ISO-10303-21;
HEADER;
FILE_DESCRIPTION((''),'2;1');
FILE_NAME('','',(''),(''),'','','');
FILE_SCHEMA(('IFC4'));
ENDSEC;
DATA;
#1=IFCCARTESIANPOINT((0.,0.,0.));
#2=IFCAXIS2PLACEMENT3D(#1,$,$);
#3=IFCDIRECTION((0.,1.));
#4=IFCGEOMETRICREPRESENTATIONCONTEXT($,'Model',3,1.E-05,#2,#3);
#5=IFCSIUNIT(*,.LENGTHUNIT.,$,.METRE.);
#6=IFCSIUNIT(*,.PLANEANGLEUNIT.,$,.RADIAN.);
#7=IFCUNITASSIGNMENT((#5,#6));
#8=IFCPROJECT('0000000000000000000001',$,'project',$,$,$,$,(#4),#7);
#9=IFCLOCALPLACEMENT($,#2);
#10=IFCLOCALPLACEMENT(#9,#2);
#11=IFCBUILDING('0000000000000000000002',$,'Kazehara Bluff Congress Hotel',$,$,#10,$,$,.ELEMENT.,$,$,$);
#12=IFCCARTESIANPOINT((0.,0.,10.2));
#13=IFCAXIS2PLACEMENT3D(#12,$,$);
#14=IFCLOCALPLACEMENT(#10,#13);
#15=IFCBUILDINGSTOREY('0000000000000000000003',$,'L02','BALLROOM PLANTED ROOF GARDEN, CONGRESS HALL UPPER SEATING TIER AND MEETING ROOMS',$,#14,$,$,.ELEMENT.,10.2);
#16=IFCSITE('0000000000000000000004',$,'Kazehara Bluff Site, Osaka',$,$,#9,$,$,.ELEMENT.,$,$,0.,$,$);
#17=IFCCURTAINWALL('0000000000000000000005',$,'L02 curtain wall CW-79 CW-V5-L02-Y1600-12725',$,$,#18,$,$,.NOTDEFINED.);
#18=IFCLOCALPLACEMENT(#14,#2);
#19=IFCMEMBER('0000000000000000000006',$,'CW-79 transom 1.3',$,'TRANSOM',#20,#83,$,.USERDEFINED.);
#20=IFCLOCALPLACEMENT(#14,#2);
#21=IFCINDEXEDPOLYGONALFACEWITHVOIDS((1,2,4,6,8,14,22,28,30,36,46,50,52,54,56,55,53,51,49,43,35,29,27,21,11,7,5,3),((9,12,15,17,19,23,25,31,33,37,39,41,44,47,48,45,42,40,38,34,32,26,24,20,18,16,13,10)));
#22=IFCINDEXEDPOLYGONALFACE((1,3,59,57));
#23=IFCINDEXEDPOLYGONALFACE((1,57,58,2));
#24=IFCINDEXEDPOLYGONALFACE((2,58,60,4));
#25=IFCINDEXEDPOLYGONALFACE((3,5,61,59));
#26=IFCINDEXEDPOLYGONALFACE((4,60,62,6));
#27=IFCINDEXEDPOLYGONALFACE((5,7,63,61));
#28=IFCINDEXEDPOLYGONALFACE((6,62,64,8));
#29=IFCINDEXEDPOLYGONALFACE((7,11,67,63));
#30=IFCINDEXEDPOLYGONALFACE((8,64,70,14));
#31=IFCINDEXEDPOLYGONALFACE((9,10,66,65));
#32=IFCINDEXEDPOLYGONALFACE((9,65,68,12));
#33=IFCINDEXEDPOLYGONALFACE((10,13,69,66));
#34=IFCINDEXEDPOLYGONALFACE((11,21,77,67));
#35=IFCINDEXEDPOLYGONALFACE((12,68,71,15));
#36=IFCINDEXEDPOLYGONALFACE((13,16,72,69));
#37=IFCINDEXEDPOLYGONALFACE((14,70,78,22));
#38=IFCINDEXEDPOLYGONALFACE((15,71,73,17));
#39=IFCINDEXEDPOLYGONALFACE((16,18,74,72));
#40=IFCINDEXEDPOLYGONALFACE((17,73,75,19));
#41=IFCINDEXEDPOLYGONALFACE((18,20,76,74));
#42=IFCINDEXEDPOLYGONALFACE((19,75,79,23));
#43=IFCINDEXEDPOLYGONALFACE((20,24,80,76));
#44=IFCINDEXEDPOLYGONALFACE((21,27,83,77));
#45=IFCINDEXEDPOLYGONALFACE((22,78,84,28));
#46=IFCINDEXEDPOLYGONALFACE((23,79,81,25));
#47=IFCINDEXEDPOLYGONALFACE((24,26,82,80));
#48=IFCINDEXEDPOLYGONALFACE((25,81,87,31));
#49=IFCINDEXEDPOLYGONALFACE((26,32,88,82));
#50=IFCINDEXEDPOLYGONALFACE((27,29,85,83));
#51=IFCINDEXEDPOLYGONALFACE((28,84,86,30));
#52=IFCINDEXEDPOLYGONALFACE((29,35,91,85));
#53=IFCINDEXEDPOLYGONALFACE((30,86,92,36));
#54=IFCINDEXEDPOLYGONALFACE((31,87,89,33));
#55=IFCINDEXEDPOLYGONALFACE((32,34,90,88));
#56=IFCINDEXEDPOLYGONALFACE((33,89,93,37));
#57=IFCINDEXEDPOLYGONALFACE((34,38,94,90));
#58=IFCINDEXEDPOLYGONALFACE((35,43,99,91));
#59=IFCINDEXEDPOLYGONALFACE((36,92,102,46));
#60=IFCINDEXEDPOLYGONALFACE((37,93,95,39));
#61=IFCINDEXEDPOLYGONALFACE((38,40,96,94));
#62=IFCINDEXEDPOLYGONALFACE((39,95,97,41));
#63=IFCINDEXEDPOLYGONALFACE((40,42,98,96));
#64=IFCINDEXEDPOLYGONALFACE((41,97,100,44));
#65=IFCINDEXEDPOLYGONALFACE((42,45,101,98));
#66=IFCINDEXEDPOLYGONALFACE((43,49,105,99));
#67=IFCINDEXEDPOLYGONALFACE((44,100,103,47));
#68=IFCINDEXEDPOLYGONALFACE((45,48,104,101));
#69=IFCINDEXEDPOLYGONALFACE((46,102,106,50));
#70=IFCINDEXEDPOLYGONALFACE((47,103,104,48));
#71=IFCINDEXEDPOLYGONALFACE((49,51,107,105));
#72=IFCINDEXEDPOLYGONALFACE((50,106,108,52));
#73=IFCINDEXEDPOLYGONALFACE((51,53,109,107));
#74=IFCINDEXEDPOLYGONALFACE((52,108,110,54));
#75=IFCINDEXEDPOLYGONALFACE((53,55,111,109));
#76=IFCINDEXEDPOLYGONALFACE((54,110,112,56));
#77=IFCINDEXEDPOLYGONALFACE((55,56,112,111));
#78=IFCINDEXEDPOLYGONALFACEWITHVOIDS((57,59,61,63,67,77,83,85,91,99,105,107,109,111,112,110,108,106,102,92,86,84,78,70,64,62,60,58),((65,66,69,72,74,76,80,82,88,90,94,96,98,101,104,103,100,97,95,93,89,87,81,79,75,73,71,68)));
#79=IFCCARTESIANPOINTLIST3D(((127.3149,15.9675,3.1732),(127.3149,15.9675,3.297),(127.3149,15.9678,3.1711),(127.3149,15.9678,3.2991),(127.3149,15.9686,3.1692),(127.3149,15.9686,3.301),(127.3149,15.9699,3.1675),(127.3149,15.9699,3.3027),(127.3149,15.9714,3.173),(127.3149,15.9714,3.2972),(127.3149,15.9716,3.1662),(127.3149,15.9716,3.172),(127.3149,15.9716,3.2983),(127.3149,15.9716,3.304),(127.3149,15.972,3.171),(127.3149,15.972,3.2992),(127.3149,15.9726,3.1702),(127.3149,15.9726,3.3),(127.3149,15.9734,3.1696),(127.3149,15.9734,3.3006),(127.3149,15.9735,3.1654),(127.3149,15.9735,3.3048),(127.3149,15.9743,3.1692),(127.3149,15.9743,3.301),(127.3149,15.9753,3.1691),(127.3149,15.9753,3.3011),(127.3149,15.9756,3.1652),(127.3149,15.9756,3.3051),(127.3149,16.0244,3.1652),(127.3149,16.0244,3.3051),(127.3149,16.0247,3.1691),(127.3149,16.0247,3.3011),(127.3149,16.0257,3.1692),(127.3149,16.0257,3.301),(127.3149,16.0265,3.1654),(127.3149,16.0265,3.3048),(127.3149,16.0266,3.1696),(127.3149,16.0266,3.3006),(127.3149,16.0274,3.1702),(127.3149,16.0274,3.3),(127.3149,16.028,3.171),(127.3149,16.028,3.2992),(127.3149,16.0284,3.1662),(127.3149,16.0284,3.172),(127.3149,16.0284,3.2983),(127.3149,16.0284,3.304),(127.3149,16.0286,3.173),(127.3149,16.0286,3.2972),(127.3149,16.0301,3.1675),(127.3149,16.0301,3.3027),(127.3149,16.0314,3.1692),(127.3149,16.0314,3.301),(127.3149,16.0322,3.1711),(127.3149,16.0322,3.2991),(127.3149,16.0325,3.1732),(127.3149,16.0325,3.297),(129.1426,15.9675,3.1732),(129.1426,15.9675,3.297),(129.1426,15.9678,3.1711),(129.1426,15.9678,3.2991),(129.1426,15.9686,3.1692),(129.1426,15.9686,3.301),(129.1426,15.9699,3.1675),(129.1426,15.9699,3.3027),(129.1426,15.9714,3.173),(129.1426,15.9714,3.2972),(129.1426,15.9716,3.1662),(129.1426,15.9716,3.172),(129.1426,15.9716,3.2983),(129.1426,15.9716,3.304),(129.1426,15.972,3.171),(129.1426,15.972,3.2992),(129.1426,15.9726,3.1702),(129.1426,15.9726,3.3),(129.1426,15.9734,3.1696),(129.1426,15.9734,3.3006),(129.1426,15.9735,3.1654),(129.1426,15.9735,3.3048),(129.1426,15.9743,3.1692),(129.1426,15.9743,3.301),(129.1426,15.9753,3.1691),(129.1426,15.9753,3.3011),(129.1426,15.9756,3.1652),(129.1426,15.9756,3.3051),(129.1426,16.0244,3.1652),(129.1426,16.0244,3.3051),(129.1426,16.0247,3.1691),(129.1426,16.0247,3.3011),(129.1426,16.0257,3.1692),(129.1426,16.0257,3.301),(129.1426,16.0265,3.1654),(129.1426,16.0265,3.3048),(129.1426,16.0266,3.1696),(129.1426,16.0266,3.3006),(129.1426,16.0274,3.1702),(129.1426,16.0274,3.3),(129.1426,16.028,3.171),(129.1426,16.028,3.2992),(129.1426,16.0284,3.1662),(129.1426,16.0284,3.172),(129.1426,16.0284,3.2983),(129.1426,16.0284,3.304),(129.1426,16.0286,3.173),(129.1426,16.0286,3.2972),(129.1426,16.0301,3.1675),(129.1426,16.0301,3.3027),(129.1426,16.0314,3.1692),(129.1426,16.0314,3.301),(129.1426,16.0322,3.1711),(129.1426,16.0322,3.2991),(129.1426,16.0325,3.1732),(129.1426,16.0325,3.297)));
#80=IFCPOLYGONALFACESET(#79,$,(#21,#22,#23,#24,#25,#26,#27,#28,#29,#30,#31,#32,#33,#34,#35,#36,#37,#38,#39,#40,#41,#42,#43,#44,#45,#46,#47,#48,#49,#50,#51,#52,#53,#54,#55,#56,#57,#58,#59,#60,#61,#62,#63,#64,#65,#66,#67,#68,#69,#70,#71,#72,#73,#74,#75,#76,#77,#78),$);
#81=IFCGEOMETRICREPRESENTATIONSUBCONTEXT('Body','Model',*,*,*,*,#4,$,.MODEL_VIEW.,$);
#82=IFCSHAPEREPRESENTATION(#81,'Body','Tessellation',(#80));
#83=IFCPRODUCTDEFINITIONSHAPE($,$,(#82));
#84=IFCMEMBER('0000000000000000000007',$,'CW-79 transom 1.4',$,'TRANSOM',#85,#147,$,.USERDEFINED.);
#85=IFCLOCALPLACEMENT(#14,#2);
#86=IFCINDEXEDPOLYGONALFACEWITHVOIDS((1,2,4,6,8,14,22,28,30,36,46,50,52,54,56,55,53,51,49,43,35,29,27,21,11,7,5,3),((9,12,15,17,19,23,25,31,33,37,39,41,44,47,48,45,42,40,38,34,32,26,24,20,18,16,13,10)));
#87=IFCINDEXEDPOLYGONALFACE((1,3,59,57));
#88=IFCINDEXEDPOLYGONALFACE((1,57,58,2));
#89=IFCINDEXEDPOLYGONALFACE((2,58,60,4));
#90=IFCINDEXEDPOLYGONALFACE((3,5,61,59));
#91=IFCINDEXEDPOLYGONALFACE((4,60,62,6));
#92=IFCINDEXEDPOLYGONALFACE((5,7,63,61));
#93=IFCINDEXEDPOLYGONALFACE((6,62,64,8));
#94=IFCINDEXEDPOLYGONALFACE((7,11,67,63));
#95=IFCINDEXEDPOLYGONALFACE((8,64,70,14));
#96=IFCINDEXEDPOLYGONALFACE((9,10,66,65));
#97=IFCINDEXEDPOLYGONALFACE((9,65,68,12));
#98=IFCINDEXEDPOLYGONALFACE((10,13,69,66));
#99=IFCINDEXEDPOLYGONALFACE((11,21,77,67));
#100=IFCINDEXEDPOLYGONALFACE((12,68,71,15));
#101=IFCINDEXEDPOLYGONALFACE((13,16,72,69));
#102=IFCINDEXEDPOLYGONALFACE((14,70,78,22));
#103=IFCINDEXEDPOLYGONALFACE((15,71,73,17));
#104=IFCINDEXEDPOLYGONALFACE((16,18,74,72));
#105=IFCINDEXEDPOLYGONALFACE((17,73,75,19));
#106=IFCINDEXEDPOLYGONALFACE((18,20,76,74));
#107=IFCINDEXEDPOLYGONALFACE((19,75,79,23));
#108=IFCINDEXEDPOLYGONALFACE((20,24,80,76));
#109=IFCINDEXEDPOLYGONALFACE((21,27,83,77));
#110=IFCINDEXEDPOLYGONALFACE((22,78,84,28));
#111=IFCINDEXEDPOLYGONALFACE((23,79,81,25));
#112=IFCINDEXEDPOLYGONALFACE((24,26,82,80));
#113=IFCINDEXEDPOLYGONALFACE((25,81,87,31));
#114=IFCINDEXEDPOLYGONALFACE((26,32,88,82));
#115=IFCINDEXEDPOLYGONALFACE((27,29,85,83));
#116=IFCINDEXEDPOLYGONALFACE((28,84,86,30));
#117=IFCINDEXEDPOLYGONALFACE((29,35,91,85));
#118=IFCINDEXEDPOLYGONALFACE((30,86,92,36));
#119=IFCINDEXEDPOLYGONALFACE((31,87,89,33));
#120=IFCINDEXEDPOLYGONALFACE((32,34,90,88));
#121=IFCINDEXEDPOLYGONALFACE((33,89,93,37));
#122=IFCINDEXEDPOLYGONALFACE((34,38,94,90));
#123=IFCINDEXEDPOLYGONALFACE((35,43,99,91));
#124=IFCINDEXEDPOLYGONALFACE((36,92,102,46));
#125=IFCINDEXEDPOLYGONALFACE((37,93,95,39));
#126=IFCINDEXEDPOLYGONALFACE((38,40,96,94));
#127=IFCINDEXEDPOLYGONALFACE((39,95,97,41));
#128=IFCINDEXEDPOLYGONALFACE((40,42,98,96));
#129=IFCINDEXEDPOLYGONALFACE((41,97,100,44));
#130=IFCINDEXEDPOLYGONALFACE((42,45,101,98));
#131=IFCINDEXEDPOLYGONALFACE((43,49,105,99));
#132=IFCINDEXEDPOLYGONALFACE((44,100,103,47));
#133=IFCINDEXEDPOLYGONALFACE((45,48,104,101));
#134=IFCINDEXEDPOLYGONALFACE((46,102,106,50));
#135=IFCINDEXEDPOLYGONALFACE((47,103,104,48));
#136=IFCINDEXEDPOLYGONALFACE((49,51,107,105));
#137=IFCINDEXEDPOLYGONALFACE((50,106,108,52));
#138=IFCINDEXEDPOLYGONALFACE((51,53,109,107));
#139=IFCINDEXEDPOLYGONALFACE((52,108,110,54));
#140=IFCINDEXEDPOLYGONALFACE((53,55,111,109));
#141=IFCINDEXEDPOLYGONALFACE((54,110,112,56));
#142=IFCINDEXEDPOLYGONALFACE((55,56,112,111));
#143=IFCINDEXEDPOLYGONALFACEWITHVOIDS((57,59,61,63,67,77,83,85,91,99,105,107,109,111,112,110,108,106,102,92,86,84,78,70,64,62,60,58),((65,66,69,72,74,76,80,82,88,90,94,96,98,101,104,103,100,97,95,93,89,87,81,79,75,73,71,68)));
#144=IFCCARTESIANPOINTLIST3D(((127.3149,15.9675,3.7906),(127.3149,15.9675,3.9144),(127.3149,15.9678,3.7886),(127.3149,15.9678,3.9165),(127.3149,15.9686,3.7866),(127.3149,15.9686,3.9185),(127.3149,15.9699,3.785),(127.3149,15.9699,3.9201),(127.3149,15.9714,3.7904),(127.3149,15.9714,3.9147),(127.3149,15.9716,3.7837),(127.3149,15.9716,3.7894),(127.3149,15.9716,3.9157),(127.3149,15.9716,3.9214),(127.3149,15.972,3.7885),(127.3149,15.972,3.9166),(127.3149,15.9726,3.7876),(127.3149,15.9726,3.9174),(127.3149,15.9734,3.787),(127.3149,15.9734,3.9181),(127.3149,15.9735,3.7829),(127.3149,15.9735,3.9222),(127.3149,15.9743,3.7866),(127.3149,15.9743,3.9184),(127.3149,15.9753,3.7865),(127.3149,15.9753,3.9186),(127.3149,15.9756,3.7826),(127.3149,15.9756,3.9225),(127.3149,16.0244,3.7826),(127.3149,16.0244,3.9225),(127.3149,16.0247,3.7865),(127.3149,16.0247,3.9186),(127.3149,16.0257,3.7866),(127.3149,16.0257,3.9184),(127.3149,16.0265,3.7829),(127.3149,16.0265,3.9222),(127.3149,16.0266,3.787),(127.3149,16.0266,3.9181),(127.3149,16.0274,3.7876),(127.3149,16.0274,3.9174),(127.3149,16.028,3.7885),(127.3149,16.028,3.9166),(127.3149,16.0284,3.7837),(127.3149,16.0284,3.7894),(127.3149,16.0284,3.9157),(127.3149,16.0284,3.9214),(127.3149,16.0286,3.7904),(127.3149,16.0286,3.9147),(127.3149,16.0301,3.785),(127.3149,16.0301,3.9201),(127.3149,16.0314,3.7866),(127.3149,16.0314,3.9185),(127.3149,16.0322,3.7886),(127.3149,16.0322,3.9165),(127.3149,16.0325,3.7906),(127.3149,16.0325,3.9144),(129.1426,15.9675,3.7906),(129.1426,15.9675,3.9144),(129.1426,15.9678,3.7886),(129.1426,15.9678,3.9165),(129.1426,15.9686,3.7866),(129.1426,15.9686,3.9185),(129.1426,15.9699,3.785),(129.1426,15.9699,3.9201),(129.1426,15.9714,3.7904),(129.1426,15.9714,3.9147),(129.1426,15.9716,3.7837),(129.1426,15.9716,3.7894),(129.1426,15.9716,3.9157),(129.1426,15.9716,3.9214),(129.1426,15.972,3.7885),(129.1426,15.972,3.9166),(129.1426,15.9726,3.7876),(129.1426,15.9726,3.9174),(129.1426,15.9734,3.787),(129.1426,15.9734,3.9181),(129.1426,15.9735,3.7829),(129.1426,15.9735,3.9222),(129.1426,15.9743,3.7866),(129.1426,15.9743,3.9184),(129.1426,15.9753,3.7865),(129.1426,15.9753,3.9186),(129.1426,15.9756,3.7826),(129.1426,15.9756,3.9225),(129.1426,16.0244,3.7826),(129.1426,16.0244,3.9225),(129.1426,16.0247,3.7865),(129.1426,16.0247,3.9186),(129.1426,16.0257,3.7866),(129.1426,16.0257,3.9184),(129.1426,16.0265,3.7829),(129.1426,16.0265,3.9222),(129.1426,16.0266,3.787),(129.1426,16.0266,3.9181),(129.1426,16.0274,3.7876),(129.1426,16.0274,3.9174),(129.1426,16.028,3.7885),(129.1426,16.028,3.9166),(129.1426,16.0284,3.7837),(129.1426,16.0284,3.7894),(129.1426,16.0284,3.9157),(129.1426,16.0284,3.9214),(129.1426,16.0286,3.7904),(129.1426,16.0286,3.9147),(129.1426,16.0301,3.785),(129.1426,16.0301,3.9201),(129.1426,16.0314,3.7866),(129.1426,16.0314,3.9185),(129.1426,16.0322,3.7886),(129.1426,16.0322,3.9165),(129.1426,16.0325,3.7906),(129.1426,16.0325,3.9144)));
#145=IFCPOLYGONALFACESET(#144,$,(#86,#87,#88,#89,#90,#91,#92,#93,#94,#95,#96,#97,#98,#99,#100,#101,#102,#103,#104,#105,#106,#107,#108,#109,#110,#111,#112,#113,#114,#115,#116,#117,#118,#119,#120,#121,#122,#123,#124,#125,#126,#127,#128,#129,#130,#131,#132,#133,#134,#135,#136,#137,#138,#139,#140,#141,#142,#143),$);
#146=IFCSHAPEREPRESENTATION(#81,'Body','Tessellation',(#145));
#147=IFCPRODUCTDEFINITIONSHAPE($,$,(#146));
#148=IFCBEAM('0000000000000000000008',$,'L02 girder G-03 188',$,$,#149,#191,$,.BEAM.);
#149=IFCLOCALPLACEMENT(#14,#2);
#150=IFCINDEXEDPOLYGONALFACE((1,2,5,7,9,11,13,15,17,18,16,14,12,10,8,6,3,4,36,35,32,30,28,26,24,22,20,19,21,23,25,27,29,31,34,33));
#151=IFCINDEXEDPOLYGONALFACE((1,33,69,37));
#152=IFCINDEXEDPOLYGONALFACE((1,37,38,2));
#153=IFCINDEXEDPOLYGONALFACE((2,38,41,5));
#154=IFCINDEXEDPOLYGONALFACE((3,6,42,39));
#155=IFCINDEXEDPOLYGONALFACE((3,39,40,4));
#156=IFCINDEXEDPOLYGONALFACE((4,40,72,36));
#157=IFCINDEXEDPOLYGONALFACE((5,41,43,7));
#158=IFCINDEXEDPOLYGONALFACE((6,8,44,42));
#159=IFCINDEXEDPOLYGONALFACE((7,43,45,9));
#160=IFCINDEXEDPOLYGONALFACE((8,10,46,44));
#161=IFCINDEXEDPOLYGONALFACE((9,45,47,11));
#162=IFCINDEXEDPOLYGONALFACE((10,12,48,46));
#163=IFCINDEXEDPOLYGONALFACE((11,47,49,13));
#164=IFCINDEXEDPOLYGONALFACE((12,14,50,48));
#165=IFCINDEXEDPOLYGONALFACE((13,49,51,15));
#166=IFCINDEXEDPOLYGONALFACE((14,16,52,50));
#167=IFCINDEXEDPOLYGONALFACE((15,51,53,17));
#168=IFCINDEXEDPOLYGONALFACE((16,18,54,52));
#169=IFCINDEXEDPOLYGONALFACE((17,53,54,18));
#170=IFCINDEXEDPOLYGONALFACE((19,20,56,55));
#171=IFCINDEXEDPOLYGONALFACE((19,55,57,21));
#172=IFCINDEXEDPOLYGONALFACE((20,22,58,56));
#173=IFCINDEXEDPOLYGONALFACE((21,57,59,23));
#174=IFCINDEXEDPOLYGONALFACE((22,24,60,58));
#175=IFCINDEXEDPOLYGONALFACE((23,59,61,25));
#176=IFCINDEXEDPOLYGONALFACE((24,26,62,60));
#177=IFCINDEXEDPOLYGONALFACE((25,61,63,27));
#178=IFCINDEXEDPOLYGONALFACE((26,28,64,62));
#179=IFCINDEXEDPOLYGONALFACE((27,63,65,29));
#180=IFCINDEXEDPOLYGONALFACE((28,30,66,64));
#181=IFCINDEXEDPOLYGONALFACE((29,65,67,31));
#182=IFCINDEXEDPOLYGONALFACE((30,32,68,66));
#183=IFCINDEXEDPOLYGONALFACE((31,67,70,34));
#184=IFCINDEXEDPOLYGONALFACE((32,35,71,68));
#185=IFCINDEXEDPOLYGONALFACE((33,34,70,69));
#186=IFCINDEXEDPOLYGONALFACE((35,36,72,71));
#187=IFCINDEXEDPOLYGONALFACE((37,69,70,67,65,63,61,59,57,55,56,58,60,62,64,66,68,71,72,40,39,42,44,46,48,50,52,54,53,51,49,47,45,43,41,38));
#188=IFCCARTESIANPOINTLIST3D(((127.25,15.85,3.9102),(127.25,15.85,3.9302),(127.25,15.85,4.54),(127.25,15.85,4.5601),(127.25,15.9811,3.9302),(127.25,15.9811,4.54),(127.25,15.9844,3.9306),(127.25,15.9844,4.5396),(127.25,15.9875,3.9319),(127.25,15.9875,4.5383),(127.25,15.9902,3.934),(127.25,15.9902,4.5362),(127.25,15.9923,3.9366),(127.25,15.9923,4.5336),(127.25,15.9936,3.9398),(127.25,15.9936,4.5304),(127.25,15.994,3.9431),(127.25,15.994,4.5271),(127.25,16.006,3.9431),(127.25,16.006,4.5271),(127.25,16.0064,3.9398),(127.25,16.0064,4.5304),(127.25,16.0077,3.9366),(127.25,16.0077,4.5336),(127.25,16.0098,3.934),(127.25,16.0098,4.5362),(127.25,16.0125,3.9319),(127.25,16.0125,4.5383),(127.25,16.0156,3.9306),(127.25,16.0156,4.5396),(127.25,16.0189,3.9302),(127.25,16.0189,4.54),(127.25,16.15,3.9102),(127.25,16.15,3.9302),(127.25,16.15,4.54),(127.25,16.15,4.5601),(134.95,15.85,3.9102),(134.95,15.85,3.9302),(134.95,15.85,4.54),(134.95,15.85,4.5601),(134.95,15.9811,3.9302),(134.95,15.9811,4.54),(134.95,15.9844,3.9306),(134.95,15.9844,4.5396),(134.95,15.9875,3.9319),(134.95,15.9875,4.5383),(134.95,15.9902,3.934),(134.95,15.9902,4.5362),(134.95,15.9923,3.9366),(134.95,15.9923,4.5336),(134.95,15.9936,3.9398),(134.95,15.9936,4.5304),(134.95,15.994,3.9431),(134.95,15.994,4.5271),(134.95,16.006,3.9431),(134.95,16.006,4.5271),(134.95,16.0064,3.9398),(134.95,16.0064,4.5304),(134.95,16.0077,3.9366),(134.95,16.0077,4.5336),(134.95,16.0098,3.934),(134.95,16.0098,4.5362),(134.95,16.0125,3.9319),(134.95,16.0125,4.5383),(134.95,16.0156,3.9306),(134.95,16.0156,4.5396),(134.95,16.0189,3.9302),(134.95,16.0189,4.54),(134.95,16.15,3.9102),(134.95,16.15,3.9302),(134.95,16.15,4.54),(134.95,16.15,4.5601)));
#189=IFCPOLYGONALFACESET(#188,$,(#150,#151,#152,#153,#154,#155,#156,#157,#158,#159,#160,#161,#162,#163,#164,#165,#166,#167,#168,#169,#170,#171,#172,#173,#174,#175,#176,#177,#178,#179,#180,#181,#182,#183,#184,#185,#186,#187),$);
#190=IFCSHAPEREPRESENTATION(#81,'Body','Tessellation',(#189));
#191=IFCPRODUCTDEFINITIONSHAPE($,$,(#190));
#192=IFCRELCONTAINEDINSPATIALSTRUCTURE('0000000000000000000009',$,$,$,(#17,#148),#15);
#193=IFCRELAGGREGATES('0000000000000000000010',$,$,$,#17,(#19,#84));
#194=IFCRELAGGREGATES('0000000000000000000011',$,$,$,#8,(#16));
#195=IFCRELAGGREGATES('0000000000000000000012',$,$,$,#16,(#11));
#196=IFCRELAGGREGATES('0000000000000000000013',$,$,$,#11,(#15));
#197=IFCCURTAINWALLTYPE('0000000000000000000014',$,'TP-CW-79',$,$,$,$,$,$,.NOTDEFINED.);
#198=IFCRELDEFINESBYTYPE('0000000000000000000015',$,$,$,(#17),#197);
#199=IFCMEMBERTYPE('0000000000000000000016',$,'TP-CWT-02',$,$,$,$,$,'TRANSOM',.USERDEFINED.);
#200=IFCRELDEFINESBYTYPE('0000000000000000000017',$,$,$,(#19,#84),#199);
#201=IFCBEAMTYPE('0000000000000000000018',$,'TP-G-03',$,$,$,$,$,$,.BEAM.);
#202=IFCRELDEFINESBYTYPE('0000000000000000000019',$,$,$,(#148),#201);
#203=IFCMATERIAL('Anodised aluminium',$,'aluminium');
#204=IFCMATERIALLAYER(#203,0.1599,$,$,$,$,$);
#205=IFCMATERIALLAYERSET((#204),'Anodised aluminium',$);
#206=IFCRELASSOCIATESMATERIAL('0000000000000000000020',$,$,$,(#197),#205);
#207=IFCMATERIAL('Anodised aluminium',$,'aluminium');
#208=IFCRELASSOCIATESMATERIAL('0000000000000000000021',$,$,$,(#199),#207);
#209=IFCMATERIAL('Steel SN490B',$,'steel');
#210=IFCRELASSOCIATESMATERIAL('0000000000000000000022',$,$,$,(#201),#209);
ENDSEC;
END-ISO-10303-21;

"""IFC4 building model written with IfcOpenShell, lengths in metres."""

from ifc_helpers import new_model, si_unit, direction, frame, origin, origin_2d, place, context, subcontext, project, spatial, hollow_rectangle, i_section, extrude, material, layer, layer_set, material_profile, profile_set, type_object, element, aggregate, save


model = new_model("IFC4")

# Units and contexts
model_context = context("Model", 3, precision=1e-05, world=origin(), true_north=direction((0.0, 1.0)))
body_context = subcontext(model_context, "Body", "Model", "MODEL_VIEW")
ifc_project = project(units=[si_unit("LENGTHUNIT", "METRE"), si_unit("PLANEANGLEUNIT", "RADIAN")], contexts=[model_context])

# Site, building, storey
site_placement = place(None, origin())
site = spatial("IfcSite", under=ifc_project, at=site_placement, Name="Kazehara Bluff Site, Osaka", CompositionType="ELEMENT", RefElevation=0.0)
building_placement = place(site_placement, origin())
building = spatial("IfcBuilding", under=site, at=building_placement, Name="Kazehara Bluff Congress Hotel", CompositionType="ELEMENT")
storey_placement = place(building_placement, frame((0.0, 0.0, 10.2)))
storey = spatial("IfcBuildingStorey", under=building, at=storey_placement, Name="L02", Description="BALLROOM PLANTED ROOF GARDEN, CONGRESS HALL UPPER SEATING TIER AND MEETING ROOMS", CompositionType="ELEMENT", Elevation=10.2)

# Curtain wall
ifc_material_1 = material(Name="Anodised aluminium", Category="aluminium")
ifc_layer_1 = layer(ifc_material_1, 0.1599)
ifc_layer_set_1 = layer_set([ifc_layer_1], Name="Anodised aluminium")
curtain_wall_type = type_object("IfcCurtainWallType", Name="TP-CW-79", PredefinedType="NOTDEFINED", material=ifc_layer_set_1)
curtain_wall_1_placement = place(storey_placement, origin())
curtain_wall_1 = element("IfcCurtainWall", 1, at=curtain_wall_1_placement, inside=storey, type_object=curtain_wall_type, Name="L02 curtain wall CW-79 CW-V5-L02-Y1600-12725", PredefinedType="NOTDEFINED")

# Members
ifc_material_2 = material(Name="Anodised aluminium", Category="aluminium")
ifc_material_profile_1 = material_profile(ifc_material_2, hollow_rectangle(XDim=0.0649, YDim=0.1399, WallThickness=0.0039, InnerFilletRadius=0.0039, OuterFilletRadius=0.0081, at=origin_2d()))
ifc_profile_set_1 = profile_set([ifc_material_profile_1], Name="Anodised aluminium")
member_type_1 = type_object("IfcMemberType", Name="TP-CWT-02", ElementType="TRANSOM", PredefinedType="USERDEFINED", material=ifc_profile_set_1)
member_1_placement = place(storey_placement, frame((127.3149, 16.0, 3.2351), z_axis=(1.0, 0.0, 0.0), x_axis=(0.0, 1.0, 0.0)))
member_1 = element("IfcMember", 2, at=member_1_placement, type_object=member_type_1, Name="CW-79 transom 1.3", ObjectType="TRANSOM", PredefinedType="USERDEFINED", context=body_context, shape_type="SweptSolid", body=[
    extrude(hollow_rectangle(XDim=0.0649, YDim=0.1399, WallThickness=0.0039, InnerFilletRadius=0.0039, OuterFilletRadius=0.0081, at=origin_2d()), origin(), (0.0, 0.0, 1.0), 1.8276),
])
member_2_placement = place(storey_placement, frame((127.3149, 16.0, 3.8525), z_axis=(1.0, 0.0, 0.0), x_axis=(0.0, 1.0, 0.0)))
member_2 = element("IfcMember", 3, at=member_2_placement, type_object=member_type_1, Name="CW-79 transom 1.4", ObjectType="TRANSOM", PredefinedType="USERDEFINED", context=body_context, shape_type="SweptSolid", body=[
    extrude(hollow_rectangle(XDim=0.0649, YDim=0.1399, WallThickness=0.0039, InnerFilletRadius=0.0039, OuterFilletRadius=0.0081, at=origin_2d()), origin(), (0.0, 0.0, 1.0), 1.8276),
])

# Beam
ifc_material_3 = material(Name="Steel SN490B", Category="steel")
ifc_material_profile_2 = material_profile(ifc_material_3, i_section(OverallWidth=0.3, OverallDepth=0.6499, WebThickness=0.012, FlangeThickness=0.02, FilletRadius=0.0129, at=origin_2d()))
ifc_profile_set_2 = profile_set([ifc_material_profile_2], Name="Steel SN490B")
beam_type = type_object("IfcBeamType", Name="TP-G-03", PredefinedType="BEAM", material=ifc_profile_set_2)
beam_placement = place(storey_placement, frame((127.25, 16.0, 4.2351), z_axis=(1.0, 0.0, 0.0), x_axis=(0.0, 1.0, 0.0)))
element("IfcBeam", 4, at=beam_placement, inside=storey, type_object=beam_type, Name="L02 girder G-03 188", PredefinedType="BEAM", context=body_context, shape_type="SweptSolid", body=[
    extrude(i_section(OverallWidth=0.3, OverallDepth=0.6499, WebThickness=0.012, FlangeThickness=0.02, FilletRadius=0.0129, at=origin_2d()), origin(), (0.0, 0.0, 1.0), 7.7),
])

aggregate(curtain_wall_1, [member_1, member_2])

save(model, "model.ifc")
